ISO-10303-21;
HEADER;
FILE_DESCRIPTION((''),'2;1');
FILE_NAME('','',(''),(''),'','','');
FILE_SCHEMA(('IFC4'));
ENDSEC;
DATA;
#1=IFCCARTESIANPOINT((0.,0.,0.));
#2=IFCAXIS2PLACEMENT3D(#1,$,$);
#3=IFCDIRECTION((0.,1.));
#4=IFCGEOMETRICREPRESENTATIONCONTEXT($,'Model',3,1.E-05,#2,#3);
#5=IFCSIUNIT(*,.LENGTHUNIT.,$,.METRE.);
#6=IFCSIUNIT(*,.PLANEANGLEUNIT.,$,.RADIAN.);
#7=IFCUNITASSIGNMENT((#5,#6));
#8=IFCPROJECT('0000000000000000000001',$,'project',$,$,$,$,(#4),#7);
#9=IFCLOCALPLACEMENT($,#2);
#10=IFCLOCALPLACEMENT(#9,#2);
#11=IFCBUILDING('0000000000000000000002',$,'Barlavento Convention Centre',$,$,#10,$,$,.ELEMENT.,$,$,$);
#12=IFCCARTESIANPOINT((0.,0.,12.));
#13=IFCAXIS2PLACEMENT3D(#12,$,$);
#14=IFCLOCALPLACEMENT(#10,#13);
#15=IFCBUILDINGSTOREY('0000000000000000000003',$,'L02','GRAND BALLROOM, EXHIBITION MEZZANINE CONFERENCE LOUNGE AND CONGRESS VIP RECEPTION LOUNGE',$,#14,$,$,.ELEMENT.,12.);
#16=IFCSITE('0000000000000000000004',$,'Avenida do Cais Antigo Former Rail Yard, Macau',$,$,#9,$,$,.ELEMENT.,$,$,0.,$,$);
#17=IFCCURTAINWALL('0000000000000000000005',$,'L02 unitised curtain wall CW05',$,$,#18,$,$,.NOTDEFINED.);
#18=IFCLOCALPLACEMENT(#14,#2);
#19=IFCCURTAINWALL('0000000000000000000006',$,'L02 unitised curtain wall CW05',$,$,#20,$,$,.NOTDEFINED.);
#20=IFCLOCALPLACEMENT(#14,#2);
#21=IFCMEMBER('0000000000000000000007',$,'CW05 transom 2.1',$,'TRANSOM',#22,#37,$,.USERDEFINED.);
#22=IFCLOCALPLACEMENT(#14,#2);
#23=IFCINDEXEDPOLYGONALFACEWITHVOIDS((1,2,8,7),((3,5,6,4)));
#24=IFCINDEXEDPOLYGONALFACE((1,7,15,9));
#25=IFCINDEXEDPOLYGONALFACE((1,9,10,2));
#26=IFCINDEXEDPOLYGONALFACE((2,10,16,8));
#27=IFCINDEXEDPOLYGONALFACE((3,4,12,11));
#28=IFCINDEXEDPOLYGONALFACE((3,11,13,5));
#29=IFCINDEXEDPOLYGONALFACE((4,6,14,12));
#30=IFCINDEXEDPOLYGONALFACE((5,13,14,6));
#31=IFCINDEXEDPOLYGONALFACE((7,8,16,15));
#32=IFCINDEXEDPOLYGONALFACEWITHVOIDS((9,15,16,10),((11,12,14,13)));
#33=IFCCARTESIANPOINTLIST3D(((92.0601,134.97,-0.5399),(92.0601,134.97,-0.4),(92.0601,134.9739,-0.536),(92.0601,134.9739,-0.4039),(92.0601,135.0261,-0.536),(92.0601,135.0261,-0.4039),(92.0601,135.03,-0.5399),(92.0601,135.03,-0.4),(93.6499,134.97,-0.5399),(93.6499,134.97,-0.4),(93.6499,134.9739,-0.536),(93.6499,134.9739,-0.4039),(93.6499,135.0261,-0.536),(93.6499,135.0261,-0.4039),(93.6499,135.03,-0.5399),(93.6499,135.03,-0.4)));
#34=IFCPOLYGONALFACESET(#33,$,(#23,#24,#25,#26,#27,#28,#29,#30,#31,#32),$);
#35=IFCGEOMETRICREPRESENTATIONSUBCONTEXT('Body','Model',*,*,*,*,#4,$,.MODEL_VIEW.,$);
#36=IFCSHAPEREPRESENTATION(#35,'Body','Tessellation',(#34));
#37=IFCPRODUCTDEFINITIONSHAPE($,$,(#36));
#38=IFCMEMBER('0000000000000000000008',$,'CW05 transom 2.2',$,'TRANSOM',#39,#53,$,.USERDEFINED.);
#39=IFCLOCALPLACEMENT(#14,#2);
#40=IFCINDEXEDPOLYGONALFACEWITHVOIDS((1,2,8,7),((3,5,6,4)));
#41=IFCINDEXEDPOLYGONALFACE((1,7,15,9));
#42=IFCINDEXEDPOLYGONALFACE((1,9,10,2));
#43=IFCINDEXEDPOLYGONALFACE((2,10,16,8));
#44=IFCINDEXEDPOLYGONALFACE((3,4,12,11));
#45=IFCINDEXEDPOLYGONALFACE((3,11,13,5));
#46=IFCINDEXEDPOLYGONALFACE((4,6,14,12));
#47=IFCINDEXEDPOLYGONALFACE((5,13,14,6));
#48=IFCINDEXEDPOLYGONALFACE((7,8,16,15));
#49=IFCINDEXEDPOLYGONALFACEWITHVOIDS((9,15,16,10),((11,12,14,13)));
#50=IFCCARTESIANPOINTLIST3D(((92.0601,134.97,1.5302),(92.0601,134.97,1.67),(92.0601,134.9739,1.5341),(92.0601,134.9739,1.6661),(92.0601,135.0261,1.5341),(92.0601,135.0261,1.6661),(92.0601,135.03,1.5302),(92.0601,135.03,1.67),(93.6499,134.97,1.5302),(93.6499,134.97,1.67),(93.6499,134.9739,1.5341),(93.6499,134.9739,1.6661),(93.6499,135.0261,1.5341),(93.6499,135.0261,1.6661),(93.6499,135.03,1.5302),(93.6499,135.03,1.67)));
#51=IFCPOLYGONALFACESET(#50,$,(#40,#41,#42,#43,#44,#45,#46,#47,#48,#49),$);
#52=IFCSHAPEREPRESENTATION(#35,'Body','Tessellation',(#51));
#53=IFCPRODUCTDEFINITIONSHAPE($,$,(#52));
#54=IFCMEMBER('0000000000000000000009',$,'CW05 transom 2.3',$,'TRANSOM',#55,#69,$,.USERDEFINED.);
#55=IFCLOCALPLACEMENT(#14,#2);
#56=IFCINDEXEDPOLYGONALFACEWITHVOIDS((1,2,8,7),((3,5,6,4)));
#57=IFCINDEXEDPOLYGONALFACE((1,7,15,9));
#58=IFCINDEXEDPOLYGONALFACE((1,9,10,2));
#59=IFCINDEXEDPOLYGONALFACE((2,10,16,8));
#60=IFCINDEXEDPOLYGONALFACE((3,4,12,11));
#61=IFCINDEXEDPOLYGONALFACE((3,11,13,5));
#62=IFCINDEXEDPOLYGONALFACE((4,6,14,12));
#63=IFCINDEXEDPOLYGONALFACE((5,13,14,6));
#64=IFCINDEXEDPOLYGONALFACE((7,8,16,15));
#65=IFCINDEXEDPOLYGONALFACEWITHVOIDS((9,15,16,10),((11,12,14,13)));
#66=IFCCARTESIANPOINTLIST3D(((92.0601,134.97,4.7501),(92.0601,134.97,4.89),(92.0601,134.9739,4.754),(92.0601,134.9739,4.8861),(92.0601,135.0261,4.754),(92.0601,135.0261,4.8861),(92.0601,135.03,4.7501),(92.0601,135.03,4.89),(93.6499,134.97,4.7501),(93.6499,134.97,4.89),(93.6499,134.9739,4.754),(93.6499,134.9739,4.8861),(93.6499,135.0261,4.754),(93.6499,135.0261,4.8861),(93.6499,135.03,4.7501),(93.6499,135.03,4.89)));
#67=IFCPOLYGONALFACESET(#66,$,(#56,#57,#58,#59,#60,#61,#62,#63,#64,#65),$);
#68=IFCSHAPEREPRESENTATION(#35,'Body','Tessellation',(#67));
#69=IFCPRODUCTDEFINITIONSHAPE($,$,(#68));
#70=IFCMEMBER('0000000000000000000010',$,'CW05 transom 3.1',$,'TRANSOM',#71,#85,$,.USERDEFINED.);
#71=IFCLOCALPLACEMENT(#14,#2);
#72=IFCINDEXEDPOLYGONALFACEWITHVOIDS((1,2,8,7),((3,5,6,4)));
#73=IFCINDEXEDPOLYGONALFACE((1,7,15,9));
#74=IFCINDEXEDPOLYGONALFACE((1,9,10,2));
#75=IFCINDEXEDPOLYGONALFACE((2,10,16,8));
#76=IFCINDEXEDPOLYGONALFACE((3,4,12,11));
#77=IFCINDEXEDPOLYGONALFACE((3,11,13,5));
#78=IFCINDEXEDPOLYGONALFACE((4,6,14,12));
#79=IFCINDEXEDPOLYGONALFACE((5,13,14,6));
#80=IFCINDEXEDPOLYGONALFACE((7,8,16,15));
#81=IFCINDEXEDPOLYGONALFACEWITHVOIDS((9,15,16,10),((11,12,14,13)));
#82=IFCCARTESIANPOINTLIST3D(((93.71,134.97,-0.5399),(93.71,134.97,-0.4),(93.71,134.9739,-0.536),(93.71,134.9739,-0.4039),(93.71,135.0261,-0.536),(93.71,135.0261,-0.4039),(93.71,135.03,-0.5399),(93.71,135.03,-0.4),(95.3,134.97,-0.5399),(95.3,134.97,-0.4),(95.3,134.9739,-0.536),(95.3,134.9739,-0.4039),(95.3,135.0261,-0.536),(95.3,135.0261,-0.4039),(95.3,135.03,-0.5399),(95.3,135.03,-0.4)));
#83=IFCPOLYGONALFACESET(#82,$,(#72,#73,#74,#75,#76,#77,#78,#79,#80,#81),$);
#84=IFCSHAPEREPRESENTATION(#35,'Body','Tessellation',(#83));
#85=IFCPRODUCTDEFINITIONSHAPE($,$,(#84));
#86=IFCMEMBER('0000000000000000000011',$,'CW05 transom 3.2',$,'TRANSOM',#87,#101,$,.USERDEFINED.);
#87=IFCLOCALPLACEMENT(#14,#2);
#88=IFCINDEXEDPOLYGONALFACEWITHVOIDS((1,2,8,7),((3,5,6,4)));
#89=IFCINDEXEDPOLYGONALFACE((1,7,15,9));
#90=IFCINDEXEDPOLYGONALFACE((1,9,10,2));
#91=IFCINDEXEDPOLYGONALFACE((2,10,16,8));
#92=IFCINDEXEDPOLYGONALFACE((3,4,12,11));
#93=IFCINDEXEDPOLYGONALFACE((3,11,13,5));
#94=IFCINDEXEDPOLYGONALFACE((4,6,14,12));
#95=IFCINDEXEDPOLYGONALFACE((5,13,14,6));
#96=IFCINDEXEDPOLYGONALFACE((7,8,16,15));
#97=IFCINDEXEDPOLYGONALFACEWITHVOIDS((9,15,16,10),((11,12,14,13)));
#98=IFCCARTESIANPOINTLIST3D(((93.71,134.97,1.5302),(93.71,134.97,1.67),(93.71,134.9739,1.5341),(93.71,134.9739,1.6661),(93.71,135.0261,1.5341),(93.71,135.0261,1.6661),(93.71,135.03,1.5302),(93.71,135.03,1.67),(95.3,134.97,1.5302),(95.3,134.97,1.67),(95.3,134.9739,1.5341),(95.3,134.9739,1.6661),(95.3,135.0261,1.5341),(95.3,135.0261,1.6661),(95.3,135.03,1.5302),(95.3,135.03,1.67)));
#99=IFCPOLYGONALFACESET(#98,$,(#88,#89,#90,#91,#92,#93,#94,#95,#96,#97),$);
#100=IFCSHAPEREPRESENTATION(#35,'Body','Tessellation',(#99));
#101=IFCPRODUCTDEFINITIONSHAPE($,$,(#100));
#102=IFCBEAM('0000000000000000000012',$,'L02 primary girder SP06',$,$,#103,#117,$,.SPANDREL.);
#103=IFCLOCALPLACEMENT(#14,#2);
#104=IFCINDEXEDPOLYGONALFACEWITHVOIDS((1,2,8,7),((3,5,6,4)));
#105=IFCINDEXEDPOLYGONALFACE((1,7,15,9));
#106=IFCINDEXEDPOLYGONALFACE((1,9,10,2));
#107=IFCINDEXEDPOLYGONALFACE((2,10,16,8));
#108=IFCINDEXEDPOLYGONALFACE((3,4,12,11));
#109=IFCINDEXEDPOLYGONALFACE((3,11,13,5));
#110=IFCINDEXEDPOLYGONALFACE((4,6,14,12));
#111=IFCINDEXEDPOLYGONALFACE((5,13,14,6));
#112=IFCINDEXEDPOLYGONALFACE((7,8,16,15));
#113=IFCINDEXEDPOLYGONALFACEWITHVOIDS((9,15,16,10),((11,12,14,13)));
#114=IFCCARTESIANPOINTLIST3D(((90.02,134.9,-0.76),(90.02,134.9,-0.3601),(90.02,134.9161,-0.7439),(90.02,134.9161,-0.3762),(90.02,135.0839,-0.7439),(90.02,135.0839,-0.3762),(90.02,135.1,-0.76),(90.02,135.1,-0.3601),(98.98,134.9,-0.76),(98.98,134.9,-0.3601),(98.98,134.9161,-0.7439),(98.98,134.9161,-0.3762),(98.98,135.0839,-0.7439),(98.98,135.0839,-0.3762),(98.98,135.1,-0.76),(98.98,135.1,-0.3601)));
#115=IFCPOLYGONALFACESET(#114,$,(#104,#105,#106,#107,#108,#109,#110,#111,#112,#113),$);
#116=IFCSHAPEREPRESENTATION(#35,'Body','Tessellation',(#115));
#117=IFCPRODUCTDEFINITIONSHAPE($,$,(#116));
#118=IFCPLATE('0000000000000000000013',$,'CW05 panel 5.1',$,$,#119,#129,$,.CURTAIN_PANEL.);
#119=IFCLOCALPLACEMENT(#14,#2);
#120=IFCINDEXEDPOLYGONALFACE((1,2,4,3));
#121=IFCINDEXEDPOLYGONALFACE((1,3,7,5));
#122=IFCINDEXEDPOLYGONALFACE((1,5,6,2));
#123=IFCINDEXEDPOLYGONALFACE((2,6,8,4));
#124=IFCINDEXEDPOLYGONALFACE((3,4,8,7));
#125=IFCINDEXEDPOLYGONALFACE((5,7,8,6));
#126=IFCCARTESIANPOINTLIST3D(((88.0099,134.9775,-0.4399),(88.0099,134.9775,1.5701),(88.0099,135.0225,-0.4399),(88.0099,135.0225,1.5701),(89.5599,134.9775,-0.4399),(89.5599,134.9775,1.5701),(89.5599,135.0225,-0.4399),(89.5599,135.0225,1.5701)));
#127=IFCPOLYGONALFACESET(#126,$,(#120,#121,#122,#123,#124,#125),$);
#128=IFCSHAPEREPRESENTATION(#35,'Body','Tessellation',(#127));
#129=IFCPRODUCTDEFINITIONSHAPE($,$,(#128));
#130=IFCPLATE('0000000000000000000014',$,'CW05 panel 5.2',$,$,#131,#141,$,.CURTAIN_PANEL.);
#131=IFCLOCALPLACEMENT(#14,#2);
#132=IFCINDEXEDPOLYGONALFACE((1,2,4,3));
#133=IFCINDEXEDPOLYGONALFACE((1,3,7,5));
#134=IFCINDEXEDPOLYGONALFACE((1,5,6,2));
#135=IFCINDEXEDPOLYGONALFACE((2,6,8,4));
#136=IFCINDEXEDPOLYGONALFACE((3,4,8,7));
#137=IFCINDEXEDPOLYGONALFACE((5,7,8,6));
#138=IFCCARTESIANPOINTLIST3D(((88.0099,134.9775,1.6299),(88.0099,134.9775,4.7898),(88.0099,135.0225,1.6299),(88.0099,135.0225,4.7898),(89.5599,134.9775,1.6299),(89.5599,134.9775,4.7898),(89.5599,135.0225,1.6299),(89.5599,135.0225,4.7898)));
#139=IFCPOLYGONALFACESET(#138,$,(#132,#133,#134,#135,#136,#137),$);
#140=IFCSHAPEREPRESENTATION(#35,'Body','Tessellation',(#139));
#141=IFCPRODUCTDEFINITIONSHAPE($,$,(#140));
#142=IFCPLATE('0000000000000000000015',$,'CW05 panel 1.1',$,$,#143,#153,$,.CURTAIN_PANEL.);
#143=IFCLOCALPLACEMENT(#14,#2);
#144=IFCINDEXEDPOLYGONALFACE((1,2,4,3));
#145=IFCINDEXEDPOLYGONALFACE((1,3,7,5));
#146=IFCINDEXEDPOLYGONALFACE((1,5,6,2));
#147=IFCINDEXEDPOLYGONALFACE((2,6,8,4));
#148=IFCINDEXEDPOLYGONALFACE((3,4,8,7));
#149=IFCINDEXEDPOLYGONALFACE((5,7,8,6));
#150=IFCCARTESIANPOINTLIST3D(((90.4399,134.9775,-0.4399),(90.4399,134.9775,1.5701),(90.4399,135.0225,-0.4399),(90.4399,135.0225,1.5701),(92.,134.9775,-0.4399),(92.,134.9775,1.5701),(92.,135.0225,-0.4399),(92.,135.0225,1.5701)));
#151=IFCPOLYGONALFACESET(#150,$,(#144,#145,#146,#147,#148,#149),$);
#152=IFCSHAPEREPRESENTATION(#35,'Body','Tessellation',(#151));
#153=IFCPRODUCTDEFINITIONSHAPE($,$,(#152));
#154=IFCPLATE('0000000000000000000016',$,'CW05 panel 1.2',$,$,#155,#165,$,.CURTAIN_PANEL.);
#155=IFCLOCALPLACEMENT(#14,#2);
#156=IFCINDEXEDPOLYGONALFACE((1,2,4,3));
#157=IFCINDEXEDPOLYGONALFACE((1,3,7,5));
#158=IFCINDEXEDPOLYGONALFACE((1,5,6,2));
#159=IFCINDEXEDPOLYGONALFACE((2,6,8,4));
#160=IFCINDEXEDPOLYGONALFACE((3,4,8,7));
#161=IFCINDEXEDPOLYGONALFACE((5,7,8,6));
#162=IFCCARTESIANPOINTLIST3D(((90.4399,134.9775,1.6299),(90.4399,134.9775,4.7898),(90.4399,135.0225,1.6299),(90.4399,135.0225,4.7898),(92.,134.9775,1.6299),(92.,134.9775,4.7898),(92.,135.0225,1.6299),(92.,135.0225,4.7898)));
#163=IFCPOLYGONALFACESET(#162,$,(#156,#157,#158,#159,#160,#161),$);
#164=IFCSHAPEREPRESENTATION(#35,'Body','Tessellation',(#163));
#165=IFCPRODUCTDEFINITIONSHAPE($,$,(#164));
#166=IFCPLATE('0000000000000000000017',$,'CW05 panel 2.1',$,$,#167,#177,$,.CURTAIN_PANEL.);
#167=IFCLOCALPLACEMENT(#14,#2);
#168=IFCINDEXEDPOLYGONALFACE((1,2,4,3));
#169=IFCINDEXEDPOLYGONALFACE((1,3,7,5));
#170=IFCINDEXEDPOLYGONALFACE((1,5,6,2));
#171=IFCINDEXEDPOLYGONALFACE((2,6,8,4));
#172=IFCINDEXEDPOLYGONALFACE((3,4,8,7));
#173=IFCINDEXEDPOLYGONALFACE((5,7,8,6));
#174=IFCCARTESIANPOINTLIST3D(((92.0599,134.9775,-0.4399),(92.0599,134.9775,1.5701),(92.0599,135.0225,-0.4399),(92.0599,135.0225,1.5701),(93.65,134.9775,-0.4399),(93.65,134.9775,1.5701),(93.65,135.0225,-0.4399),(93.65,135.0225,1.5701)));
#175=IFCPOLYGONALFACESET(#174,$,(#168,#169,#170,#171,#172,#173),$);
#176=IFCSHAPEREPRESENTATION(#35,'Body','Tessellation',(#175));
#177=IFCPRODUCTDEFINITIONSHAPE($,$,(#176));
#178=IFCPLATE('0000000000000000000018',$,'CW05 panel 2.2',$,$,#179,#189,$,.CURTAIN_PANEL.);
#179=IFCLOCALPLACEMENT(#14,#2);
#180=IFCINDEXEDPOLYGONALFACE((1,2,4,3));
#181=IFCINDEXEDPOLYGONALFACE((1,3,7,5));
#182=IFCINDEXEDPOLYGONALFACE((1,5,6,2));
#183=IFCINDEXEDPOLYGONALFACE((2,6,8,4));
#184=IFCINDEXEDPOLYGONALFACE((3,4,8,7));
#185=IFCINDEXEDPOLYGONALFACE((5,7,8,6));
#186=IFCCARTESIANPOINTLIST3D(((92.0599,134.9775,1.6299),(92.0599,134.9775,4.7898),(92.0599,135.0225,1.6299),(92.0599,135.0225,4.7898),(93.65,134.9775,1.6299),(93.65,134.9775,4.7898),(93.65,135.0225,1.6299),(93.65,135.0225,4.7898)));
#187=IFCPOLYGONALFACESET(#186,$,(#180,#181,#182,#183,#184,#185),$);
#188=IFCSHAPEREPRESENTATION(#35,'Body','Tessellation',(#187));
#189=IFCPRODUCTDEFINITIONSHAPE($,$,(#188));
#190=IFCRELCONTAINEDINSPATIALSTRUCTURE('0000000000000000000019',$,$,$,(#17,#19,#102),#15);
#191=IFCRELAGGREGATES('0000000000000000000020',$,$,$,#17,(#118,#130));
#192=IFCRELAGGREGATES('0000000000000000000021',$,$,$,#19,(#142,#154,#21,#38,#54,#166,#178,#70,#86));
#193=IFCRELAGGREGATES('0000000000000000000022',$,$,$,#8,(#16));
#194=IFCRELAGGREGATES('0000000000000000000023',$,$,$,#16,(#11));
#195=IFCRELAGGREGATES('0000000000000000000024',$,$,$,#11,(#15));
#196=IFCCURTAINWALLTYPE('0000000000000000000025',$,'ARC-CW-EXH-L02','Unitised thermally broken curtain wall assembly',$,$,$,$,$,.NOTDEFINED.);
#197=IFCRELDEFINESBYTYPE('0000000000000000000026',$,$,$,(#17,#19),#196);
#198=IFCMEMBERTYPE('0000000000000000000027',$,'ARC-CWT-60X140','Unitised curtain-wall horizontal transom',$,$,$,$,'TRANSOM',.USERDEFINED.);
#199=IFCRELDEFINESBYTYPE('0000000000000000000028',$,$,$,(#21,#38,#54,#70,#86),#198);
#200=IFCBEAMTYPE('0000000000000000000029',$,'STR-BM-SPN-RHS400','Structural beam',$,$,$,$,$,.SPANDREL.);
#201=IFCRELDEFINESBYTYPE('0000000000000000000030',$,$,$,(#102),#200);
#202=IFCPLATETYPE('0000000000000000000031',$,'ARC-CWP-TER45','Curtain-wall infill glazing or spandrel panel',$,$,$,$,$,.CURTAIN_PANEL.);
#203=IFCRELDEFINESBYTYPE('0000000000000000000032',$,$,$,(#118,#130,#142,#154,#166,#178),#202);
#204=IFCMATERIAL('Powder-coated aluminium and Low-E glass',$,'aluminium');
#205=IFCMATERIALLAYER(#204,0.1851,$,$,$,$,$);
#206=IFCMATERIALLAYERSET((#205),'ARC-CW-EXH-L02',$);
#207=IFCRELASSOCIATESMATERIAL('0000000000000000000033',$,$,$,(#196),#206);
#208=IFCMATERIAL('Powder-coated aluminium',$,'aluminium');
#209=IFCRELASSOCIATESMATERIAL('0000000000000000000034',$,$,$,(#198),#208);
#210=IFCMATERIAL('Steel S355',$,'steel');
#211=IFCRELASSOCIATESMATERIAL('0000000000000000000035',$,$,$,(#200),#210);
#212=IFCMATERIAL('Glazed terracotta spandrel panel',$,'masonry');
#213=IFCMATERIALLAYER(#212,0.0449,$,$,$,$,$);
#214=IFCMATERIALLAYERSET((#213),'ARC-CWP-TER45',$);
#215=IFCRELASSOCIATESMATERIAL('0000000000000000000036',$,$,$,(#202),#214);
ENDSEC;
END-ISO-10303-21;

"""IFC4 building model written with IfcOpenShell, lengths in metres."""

from ifc_helpers import new_model, si_unit, direction, frame, origin, origin_2d, place, context, subcontext, project, spatial, rectangle, hollow_rectangle, extrude, material, layer, layer_set, material_profile, profile_set, type_object, element, aggregate, save


model = new_model("IFC4")

# Units and contexts
model_context = context("Model", 3, precision=1e-05, world=origin(), true_north=direction((0.0, 1.0)))
body_context = subcontext(model_context, "Body", "Model", "MODEL_VIEW")
ifc_project = project(units=[si_unit("LENGTHUNIT", "METRE"), si_unit("PLANEANGLEUNIT", "RADIAN")], contexts=[model_context])

# Site, building, storey
site_placement = place(None, origin())
site = spatial("IfcSite", under=ifc_project, at=site_placement, Name="Avenida do Cais Antigo Former Rail Yard, Macau", CompositionType="ELEMENT", RefElevation=0.0)
building_placement = place(site_placement, origin())
building = spatial("IfcBuilding", under=site, at=building_placement, Name="Barlavento Convention Centre", CompositionType="ELEMENT")
storey_placement = place(building_placement, frame((0.0, 0.0, 12.0)))
storey = spatial("IfcBuildingStorey", under=building, at=storey_placement, Name="L02", Description="GRAND BALLROOM, EXHIBITION MEZZANINE CONFERENCE LOUNGE AND CONGRESS VIP RECEPTION LOUNGE", CompositionType="ELEMENT", Elevation=12.0)

# Shared definitions
ifc_material_1 = material(Name="Steel S355", Category="steel")

# Curtain wall
ifc_material_2 = material(Name="Powder-coated aluminium and Low-E glass", Category="aluminium")
ifc_layer_1 = layer(ifc_material_2, 0.1851)
ifc_layer_set_1 = layer_set([ifc_layer_1], Name="ARC-CW-EXH-L02")
curtain_wall_type = type_object("IfcCurtainWallType", Name="ARC-CW-EXH-L02", Description="Unitised thermally broken curtain wall assembly", PredefinedType="NOTDEFINED", material=ifc_layer_set_1)
curtain_wall_1_placement = place(storey_placement, origin())
curtain_wall_1 = element("IfcCurtainWall", 1, at=curtain_wall_1_placement, inside=storey, type_object=curtain_wall_type, Name="L02 unitised curtain wall CW05", PredefinedType="NOTDEFINED")
ifc_material_3 = material(Name="Powder-coated aluminium", Category="aluminium")

# Curtain wall
curtain_wall_2_placement = place(storey_placement, origin())
curtain_wall_2 = element("IfcCurtainWall", 2, at=curtain_wall_2_placement, inside=storey, type_object=curtain_wall_type, Name="L02 unitised curtain wall CW05", PredefinedType="NOTDEFINED")

# Members
ifc_material_profile_1 = material_profile(ifc_material_3, hollow_rectangle(XDim=0.0601, YDim=0.1399, WallThickness=0.0039, at=origin_2d()), Name="AL-TRAN 60x140x4")
ifc_profile_set_1 = profile_set([ifc_material_profile_1], Name="Powder-coated aluminium")
member_type_1 = type_object("IfcMemberType", Name="ARC-CWT-60X140", Description="Unitised curtain-wall horizontal transom", ElementType="TRANSOM", PredefinedType="USERDEFINED", material=ifc_profile_set_1)
member_1_placement = place(storey_placement, frame((92.0601, 135.0, -0.47), z_axis=(1.0, 0.0, 0.0), x_axis=(0.0, 1.0, 0.0)))
member_1 = element("IfcMember", 3, at=member_1_placement, type_object=member_type_1, Name="CW05 transom 2.1", ObjectType="TRANSOM", PredefinedType="USERDEFINED", context=body_context, shape_type="SweptSolid", body=[
    extrude(hollow_rectangle(XDim=0.0601, YDim=0.1399, WallThickness=0.0039, at=origin_2d()), origin(), (0.0, 0.0, 1.0), 1.5898),
])
member_2_placement = place(storey_placement, frame((92.0601, 135.0, 1.6001), z_axis=(1.0, 0.0, 0.0), x_axis=(0.0, 1.0, 0.0)))
member_2 = element("IfcMember", 4, at=member_2_placement, type_object=member_type_1, Name="CW05 transom 2.2", ObjectType="TRANSOM", PredefinedType="USERDEFINED", context=body_context, shape_type="SweptSolid", body=[
    extrude(hollow_rectangle(XDim=0.0601, YDim=0.1399, WallThickness=0.0039, at=origin_2d()), origin(), (0.0, 0.0, 1.0), 1.5898),
])
member_3_placement = place(storey_placement, frame((92.0601, 135.0, 4.8201), z_axis=(1.0, 0.0, 0.0), x_axis=(0.0, 1.0, 0.0)))
member_3 = element("IfcMember", 5, at=member_3_placement, type_object=member_type_1, Name="CW05 transom 2.3", ObjectType="TRANSOM", PredefinedType="USERDEFINED", context=body_context, shape_type="SweptSolid", body=[
    extrude(hollow_rectangle(XDim=0.0601, YDim=0.1399, WallThickness=0.0039, at=origin_2d()), origin(), (0.0, 0.0, 1.0), 1.5898),
])
member_4_placement = place(storey_placement, frame((93.71, 135.0, -0.47), z_axis=(1.0, 0.0, 0.0), x_axis=(0.0, 1.0, 0.0)))
member_4 = element("IfcMember", 6, at=member_4_placement, type_object=member_type_1, Name="CW05 transom 3.1", ObjectType="TRANSOM", PredefinedType="USERDEFINED", context=body_context, shape_type="SweptSolid", body=[
    extrude(hollow_rectangle(XDim=0.0601, YDim=0.1399, WallThickness=0.0039, at=origin_2d()), origin(), (0.0, 0.0, 1.0), 1.5901),
])
member_5_placement = place(storey_placement, frame((93.71, 135.0, 1.6001), z_axis=(1.0, 0.0, 0.0), x_axis=(0.0, 1.0, 0.0)))
member_5 = element("IfcMember", 7, at=member_5_placement, type_object=member_type_1, Name="CW05 transom 3.2", ObjectType="TRANSOM", PredefinedType="USERDEFINED", context=body_context, shape_type="SweptSolid", body=[
    extrude(hollow_rectangle(XDim=0.0601, YDim=0.1399, WallThickness=0.0039, at=origin_2d()), origin(), (0.0, 0.0, 1.0), 1.5901),
])

# Beam
ifc_material_profile_2 = material_profile(ifc_material_1, hollow_rectangle(XDim=0.2, YDim=0.3999, WallThickness=0.0161, at=origin_2d()), Name="RHS 400x200x16.0")
ifc_profile_set_2 = profile_set([ifc_material_profile_2], Name="Steel S355")
beam_type = type_object("IfcBeamType", Name="STR-BM-SPN-RHS400", Description="Structural beam", PredefinedType="SPANDREL", material=ifc_profile_set_2)
beam_placement = place(storey_placement, frame((90.02, 135.0, -0.5601), z_axis=(1.0, 0.0, 0.0), x_axis=(0.0, 1.0, 0.0)))
element("IfcBeam", 8, at=beam_placement, inside=storey, type_object=beam_type, Name="L02 primary girder SP06", PredefinedType="SPANDREL", context=body_context, shape_type="SweptSolid", body=[
    extrude(hollow_rectangle(XDim=0.2, YDim=0.3999, WallThickness=0.0161, at=origin_2d()), origin(), (0.0, 0.0, 1.0), 8.96),
])

# Plates
ifc_material_4 = material(Name="Glazed terracotta spandrel panel", Category="masonry")
ifc_layer_2 = layer(ifc_material_4, 0.0449)
ifc_layer_set_2 = layer_set([ifc_layer_2], Name="ARC-CWP-TER45")
plate_type = type_object("IfcPlateType", Name="ARC-CWP-TER45", Description="Curtain-wall infill glazing or spandrel panel", PredefinedType="CURTAIN_PANEL", material=ifc_layer_set_2)
plate_1_placement = place(storey_placement, frame((88.7849, 135.0, -0.4399), z_axis=(0.0, 0.0, 1.0), x_axis=(1.0, 0.0, 0.0)))
plate_1 = element("IfcPlate", 9, at=plate_1_placement, type_object=plate_type, Name="CW05 panel 5.1", PredefinedType="CURTAIN_PANEL", context=body_context, shape_type="SweptSolid", body=[
    extrude(rectangle(XDim=1.55, YDim=0.0449, at=origin_2d()), origin(), (0.0, 0.0, 1.0), 2.01),
])
plate_2_placement = place(storey_placement, frame((88.7849, 135.0, 1.6299), z_axis=(0.0, 0.0, 1.0), x_axis=(1.0, 0.0, 0.0)))
plate_2 = element("IfcPlate", 10, at=plate_2_placement, type_object=plate_type, Name="CW05 panel 5.2", PredefinedType="CURTAIN_PANEL", context=body_context, shape_type="SweptSolid", body=[
    extrude(rectangle(XDim=1.55, YDim=0.0449, at=origin_2d()), origin(), (0.0, 0.0, 1.0), 3.1599),
])
aggregate(curtain_wall_1, [plate_1, plate_2])
plate_3_placement = place(storey_placement, frame((91.22, 135.0, -0.4399), z_axis=(0.0, 0.0, 1.0), x_axis=(1.0, 0.0, 0.0)))
plate_3 = element("IfcPlate", 11, at=plate_3_placement, type_object=plate_type, Name="CW05 panel 1.1", PredefinedType="CURTAIN_PANEL", context=body_context, shape_type="SweptSolid", body=[
    extrude(rectangle(XDim=1.5601, YDim=0.0449, at=origin_2d()), origin(), (0.0, 0.0, 1.0), 2.01),
])
plate_4_placement = place(storey_placement, frame((91.22, 135.0, 1.6299), z_axis=(0.0, 0.0, 1.0), x_axis=(1.0, 0.0, 0.0)))
plate_4 = element("IfcPlate", 12, at=plate_4_placement, type_object=plate_type, Name="CW05 panel 1.2", PredefinedType="CURTAIN_PANEL", context=body_context, shape_type="SweptSolid", body=[
    extrude(rectangle(XDim=1.5601, YDim=0.0449, at=origin_2d()), origin(), (0.0, 0.0, 1.0), 3.1599),
])
plate_5_placement = place(storey_placement, frame((92.855, 135.0, -0.4399), z_axis=(0.0, 0.0, 1.0), x_axis=(1.0, 0.0, 0.0)))
plate_5 = element("IfcPlate", 13, at=plate_5_placement, type_object=plate_type, Name="CW05 panel 2.1", PredefinedType="CURTAIN_PANEL", context=body_context, shape_type="SweptSolid", body=[
    extrude(rectangle(XDim=1.5901, YDim=0.0449, at=origin_2d()), origin(), (0.0, 0.0, 1.0), 2.01),
])
plate_6_placement = place(storey_placement, frame((92.855, 135.0, 1.6299), z_axis=(0.0, 0.0, 1.0), x_axis=(1.0, 0.0, 0.0)))
plate_6 = element("IfcPlate", 14, at=plate_6_placement, type_object=plate_type, Name="CW05 panel 2.2", PredefinedType="CURTAIN_PANEL", context=body_context, shape_type="SweptSolid", body=[
    extrude(rectangle(XDim=1.5901, YDim=0.0449, at=origin_2d()), origin(), (0.0, 0.0, 1.0), 3.1599),
])
aggregate(curtain_wall_2, [plate_3, plate_4, member_1, member_2, member_3, plate_5, plate_6, member_4, member_5])

save(model, "model.ifc")
